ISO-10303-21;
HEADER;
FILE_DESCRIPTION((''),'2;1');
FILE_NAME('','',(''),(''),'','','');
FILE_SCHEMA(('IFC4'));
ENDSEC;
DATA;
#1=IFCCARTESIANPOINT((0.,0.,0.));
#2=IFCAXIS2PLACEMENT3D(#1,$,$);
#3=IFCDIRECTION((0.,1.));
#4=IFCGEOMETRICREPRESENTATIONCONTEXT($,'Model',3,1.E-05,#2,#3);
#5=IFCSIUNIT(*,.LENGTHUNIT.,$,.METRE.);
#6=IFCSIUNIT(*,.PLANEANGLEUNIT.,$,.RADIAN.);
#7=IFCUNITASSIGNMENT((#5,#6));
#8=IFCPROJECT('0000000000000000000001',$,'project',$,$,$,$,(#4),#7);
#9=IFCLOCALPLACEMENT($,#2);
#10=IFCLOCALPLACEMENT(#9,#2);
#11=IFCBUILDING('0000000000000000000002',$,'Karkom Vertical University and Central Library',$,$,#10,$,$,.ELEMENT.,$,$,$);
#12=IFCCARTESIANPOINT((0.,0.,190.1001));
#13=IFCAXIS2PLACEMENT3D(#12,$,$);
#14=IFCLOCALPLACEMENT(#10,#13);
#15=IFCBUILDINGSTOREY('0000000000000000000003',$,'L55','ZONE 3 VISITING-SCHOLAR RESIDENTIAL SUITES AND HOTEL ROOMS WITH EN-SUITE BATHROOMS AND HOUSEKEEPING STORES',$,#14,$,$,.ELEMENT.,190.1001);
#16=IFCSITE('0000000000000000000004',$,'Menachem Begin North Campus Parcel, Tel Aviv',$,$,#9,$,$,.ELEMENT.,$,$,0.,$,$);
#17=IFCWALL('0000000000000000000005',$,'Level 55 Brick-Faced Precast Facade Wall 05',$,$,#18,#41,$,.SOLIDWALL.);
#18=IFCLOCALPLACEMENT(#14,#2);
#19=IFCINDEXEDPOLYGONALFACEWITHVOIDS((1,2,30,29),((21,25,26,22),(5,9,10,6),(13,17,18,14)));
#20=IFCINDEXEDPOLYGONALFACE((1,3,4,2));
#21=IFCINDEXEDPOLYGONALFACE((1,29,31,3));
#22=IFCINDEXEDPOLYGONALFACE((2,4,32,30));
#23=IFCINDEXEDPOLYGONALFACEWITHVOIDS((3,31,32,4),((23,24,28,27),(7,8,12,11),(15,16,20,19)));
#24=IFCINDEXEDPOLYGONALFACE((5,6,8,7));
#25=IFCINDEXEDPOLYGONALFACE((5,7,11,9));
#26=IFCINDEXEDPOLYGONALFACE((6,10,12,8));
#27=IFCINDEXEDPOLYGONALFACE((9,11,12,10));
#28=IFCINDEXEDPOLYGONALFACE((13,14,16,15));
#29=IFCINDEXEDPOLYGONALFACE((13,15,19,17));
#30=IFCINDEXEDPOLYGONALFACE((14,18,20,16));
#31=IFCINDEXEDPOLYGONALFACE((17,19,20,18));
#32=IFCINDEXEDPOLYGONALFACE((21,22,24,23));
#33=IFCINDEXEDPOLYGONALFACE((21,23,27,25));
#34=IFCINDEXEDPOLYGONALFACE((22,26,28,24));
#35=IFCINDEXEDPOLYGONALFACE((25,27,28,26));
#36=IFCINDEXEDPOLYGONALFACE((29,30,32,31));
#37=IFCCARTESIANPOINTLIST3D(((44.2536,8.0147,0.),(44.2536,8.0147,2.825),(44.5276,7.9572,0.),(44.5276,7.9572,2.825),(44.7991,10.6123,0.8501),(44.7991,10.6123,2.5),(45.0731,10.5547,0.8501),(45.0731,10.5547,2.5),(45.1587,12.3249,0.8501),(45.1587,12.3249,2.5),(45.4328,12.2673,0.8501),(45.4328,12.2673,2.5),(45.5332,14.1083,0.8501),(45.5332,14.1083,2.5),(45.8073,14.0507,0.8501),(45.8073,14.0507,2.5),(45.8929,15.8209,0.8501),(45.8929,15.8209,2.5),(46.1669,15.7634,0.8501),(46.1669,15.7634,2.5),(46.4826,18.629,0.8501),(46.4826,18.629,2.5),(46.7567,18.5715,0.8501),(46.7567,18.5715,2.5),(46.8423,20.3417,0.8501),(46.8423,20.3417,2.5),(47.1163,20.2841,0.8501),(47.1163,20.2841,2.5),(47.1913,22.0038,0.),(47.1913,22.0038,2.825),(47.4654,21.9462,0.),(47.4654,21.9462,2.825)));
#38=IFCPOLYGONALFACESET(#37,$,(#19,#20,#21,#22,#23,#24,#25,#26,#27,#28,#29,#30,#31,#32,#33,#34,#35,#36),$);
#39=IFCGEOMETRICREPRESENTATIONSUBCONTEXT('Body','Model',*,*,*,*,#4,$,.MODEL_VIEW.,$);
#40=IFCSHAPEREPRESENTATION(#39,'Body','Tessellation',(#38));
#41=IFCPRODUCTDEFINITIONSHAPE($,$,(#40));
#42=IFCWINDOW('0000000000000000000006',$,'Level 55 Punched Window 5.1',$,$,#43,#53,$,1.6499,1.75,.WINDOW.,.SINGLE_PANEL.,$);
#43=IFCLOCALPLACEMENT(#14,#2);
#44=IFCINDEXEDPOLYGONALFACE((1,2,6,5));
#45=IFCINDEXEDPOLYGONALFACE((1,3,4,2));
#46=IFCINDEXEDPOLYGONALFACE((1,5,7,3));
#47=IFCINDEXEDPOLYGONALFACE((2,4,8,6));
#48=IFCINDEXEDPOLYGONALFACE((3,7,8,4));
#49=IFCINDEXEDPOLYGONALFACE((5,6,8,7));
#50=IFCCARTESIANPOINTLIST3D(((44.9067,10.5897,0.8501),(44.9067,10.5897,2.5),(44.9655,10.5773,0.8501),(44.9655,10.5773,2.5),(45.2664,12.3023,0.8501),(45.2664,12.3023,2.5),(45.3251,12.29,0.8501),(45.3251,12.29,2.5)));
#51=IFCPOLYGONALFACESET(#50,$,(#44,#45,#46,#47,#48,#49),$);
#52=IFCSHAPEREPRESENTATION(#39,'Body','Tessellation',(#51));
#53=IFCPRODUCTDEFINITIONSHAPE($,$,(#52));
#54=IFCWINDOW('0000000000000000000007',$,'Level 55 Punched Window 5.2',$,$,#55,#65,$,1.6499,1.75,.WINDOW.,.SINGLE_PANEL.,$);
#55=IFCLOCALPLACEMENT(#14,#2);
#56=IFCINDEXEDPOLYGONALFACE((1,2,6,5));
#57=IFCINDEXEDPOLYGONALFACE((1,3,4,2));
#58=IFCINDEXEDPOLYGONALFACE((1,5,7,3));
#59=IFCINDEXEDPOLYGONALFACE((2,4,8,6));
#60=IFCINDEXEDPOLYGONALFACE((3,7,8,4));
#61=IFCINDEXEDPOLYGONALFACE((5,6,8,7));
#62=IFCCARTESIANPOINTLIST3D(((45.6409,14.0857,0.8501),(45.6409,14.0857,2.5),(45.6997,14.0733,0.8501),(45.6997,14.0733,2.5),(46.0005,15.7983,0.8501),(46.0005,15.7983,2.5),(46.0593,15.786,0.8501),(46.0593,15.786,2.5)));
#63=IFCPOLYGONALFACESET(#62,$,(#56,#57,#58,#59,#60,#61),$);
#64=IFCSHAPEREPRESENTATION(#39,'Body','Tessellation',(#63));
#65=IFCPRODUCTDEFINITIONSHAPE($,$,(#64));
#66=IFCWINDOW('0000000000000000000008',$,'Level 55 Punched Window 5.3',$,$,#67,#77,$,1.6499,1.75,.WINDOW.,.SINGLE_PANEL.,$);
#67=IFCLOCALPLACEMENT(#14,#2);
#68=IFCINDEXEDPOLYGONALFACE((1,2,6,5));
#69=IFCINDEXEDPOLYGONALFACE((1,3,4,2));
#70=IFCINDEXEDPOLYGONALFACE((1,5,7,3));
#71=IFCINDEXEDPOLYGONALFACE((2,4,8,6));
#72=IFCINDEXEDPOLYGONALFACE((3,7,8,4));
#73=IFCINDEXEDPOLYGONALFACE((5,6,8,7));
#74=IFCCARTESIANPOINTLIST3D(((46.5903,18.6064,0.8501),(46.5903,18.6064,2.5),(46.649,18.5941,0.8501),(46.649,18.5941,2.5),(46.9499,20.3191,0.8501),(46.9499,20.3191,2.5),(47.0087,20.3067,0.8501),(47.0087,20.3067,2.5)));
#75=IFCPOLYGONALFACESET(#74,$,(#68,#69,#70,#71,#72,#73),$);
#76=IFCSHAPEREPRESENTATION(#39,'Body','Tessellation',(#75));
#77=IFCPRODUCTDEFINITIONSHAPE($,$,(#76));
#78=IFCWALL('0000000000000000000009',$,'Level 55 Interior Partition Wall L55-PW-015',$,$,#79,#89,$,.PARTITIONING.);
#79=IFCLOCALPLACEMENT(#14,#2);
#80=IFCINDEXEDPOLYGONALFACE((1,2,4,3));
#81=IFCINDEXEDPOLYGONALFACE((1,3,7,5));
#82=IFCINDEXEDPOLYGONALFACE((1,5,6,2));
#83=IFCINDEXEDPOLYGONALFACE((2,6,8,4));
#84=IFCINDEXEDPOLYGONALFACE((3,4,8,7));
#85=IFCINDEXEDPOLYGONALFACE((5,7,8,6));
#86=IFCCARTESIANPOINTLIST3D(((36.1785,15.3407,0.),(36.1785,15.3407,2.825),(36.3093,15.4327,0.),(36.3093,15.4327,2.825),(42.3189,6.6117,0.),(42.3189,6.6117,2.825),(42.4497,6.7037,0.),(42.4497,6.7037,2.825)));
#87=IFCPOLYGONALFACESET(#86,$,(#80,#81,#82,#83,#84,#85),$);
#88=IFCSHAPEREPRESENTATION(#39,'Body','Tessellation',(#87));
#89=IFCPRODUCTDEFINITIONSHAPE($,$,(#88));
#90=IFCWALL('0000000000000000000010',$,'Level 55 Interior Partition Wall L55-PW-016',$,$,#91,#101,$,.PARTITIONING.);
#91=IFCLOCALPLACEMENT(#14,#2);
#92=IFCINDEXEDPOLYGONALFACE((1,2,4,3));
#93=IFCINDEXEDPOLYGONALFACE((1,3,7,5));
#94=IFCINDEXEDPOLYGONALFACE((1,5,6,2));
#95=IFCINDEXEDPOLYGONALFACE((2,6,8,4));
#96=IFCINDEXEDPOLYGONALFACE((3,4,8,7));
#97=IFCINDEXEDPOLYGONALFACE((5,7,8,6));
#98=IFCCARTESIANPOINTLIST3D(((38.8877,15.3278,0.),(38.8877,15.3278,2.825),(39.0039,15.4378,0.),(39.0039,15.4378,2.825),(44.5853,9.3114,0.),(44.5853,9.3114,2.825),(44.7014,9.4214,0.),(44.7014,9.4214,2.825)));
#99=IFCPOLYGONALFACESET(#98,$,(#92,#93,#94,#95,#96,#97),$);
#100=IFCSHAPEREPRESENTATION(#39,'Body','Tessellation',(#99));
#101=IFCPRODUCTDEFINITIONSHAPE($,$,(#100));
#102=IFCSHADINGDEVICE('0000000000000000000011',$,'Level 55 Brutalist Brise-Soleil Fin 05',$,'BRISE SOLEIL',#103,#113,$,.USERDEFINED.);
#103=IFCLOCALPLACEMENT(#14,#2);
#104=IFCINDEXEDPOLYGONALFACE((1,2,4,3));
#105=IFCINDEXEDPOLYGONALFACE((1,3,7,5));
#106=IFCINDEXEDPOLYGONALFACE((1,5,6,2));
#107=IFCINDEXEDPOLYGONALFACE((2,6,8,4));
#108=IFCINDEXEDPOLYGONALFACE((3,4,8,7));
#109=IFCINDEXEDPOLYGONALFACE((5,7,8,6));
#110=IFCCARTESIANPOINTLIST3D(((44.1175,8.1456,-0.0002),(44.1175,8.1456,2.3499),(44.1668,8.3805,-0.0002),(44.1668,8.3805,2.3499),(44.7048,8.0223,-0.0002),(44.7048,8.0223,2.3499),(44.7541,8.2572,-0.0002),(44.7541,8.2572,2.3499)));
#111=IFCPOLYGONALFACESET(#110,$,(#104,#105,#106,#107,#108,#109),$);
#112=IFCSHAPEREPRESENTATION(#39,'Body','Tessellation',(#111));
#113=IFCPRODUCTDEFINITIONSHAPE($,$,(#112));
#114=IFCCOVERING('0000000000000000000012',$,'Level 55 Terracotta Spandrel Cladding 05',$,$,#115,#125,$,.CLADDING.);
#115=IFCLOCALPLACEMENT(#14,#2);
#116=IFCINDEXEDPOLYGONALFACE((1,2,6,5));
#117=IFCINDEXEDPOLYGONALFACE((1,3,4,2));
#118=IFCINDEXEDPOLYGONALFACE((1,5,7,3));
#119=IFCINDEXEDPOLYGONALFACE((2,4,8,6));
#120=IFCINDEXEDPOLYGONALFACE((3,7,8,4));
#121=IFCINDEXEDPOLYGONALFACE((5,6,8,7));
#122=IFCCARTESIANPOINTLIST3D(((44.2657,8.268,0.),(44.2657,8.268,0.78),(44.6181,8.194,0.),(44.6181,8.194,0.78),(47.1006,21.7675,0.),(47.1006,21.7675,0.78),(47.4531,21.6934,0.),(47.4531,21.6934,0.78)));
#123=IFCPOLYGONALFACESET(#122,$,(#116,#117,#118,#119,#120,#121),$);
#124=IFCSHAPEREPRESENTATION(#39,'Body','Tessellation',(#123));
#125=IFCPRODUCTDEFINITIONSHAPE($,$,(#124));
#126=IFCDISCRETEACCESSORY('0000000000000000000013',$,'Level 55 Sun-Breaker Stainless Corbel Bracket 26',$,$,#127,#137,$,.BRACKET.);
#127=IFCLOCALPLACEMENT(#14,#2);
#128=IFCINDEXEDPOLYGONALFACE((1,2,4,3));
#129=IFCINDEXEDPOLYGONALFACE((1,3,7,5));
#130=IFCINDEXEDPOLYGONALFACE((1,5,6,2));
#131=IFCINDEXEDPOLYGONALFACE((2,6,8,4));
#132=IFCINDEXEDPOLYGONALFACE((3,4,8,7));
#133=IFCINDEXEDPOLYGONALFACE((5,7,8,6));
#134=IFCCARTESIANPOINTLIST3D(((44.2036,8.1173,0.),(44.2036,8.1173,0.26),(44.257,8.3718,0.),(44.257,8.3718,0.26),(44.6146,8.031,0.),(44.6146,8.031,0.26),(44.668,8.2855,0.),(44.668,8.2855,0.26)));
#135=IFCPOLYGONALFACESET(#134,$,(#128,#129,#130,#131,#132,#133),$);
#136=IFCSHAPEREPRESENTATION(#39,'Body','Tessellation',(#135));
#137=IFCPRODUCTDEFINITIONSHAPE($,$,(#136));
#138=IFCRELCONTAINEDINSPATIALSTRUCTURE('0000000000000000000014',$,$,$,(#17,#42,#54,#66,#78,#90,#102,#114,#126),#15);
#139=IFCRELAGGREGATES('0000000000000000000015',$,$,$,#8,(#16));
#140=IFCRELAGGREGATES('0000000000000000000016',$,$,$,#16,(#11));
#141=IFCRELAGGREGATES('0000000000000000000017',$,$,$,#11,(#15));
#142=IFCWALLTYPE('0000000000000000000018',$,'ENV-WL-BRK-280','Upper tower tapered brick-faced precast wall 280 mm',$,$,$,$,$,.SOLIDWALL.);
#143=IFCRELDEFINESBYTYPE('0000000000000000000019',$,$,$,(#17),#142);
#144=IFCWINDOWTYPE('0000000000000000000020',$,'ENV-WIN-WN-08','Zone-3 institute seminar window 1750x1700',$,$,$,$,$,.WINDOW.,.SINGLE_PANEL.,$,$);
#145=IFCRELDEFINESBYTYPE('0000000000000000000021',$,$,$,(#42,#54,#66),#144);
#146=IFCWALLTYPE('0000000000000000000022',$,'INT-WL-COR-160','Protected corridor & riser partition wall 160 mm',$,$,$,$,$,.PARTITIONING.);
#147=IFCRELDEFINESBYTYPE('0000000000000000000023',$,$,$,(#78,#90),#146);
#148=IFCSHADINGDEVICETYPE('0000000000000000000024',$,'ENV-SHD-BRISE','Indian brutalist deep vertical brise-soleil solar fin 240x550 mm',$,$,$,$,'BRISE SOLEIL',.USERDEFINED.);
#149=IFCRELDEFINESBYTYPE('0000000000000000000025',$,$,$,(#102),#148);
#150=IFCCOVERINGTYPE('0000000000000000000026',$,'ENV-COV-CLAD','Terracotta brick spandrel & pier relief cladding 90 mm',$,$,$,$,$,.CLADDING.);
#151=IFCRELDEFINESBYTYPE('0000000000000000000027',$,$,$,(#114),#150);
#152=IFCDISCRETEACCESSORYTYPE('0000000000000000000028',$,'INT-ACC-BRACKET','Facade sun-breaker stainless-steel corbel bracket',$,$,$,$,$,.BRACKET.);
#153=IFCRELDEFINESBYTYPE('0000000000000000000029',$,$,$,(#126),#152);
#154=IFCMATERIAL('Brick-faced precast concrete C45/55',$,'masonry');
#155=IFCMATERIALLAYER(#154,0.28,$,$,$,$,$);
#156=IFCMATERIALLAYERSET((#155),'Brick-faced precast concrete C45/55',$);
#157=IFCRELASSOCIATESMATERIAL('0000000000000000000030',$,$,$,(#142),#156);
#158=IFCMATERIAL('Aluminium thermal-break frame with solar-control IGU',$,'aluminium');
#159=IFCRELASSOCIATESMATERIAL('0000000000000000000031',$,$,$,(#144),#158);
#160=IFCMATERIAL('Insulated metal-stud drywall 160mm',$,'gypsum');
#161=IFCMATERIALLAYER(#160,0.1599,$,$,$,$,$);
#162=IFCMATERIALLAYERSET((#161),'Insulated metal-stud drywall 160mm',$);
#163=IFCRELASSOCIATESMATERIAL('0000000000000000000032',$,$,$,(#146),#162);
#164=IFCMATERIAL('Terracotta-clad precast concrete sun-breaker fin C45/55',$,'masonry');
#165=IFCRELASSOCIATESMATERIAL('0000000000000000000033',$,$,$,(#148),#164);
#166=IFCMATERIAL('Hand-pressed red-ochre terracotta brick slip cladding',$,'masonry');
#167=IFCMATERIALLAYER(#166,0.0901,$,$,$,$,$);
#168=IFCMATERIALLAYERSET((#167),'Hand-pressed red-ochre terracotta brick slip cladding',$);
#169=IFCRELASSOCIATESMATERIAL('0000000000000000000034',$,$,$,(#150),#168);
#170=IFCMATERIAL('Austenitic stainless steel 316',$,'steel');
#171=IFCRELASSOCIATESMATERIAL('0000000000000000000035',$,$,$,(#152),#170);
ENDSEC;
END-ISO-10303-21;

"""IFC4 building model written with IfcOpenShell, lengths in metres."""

from ifc_helpers import new_model, si_unit, direction, frame, frame_2d, origin, origin_with_axes, origin_2d, place, context, subcontext, project, spatial, rectangle, extrude, source, transform, mapped, material, layer, layer_set, type_object, element, fill, save


model = new_model("IFC4")

# Units and contexts
model_context = context("Model", 3, precision=1e-05, world=origin(), true_north=direction((0.0, 1.0)))
body_context = subcontext(model_context, "Body", "Model", "MODEL_VIEW")
ifc_project = project(units=[si_unit("LENGTHUNIT", "METRE"), si_unit("PLANEANGLEUNIT", "RADIAN")], contexts=[model_context])

# Site, building, storey
site_placement = place(None, origin())
site = spatial("IfcSite", under=ifc_project, at=site_placement, Name="Menachem Begin North Campus Parcel, Tel Aviv", CompositionType="ELEMENT", RefElevation=0.0)
building_placement = place(site_placement, origin())
building = spatial("IfcBuilding", under=site, at=building_placement, Name="Karkom Vertical University and Central Library", CompositionType="ELEMENT")
storey_placement = place(building_placement, frame((0.0, 0.0, 190.1001)))
storey = spatial("IfcBuildingStorey", under=building, at=storey_placement, Name="L55", Description="ZONE 3 VISITING-SCHOLAR RESIDENTIAL SUITES AND HOTEL ROOMS WITH EN-SUITE BATHROOMS AND HOUSEKEEPING STORES", CompositionType="ELEMENT", Elevation=190.1001)

# Wall, openings, windows
ifc_material_1 = material(Name="Brick-faced precast concrete C45/55", Category="masonry")
ifc_layer_1 = layer(ifc_material_1, 0.28)
ifc_layer_set_1 = layer_set([ifc_layer_1], Name="Brick-faced precast concrete C45/55")
wall_type_1 = type_object("IfcWallType", Name="ENV-WL-BRK-280", Description="Upper tower tapered brick-faced precast wall 280 mm", PredefinedType="SOLIDWALL", material=ifc_layer_set_1)
ifc_material_2 = material(Name="Aluminium thermal-break frame with solar-control IGU", Category="aluminium")
window_type_1 = type_object("IfcWindowType", Name="ENV-WIN-WN-08", Description="Zone-3 institute seminar window 1750x1700", PartitioningType="SINGLE_PANEL", PredefinedType="WINDOW", material=ifc_material_2)
shared_shape_1 = source(origin_with_axes(), body_context, "Body", "SweptSolid", [
    extrude(rectangle(XDim=1.75, YDim=1.6499, at=frame_2d((0.875, 0.825))), frame((0.0, 0.03, 0.0), z_axis=(0.0, -1.0, 0.0), x_axis=(1.0, 0.0, 0.0)), (0.0, 0.0, 1.0), 0.0601),
])
wall_1_placement = place(storey_placement, frame((44.3906, 7.9861, 0.0), z_axis=(0.0, 0.0, 1.0), x_axis=(0.205521, 0.978653, 0.0)))
wall_1 = element("IfcWall", 1, at=wall_1_placement, inside=storey, type_object=wall_type_1, Name="Level 55 Brick-Faced Precast Facade Wall 05", PredefinedType="SOLIDWALL", context=body_context, shape_type="SweptSolid", body=[
    extrude(rectangle(XDim=14.2942, YDim=0.28, at=frame_2d((7.147, 0.0))), origin(), (0.0, 0.0, 1.0), 2.825),
])
opening_1_placement = place(wall_1_placement, frame((2.6541, 0.0, 0.8501)))
opening_1 = element("IfcOpeningElement", 2, at=opening_1_placement, cuts=wall_1, PredefinedType="OPENING", context=body_context, shape_type="SweptSolid", body=[
    extrude(rectangle(XDim=1.75, YDim=1.6499, at=frame_2d((0.875, 0.825))), frame((0.0, 0.1499, 0.0), z_axis=(0.0, -1.0, 0.0), x_axis=(1.0, 0.0, 0.0)), (0.0, 0.0, 1.0), 0.3),
])
opening_2_placement = place(wall_1_placement, frame((6.2263, 0.0, 0.8501)))
opening_2 = element("IfcOpeningElement", 3, at=opening_2_placement, cuts=wall_1, PredefinedType="OPENING", context=body_context, shape_type="SweptSolid", body=[
    extrude(rectangle(XDim=1.75, YDim=1.6499, at=frame_2d((0.875, 0.825))), frame((0.0, 0.1499, 0.0), z_axis=(0.0, -1.0, 0.0), x_axis=(1.0, 0.0, 0.0)), (0.0, 0.0, 1.0), 0.3),
])
opening_3_placement = place(wall_1_placement, frame((10.8457, 0.0, 0.8501)))
opening_3 = element("IfcOpeningElement", 4, at=opening_3_placement, cuts=wall_1, PredefinedType="OPENING", context=body_context, shape_type="SweptSolid", body=[
    extrude(rectangle(XDim=1.75, YDim=1.6499, at=frame_2d((0.875, 0.825))), frame((0.0, 0.1499, 0.0), z_axis=(0.0, -1.0, 0.0), x_axis=(1.0, 0.0, 0.0)), (0.0, 0.0, 1.0), 0.3),
])
window_1_placement = place(opening_1_placement, origin())
window_1 = element("IfcWindow", 5, at=window_1_placement, inside=storey, type_object=window_type_1, Name="Level 55 Punched Window 5.1", OverallHeight=1.6499, OverallWidth=1.75, PartitioningType="SINGLE_PANEL", PredefinedType="WINDOW", context=body_context, shape_type="MappedRepresentation", body=[
    mapped(shared_shape_1, transform((0.0, 0.0, 0.0), scale=1.0)),
])
fill(opening_1, window_1)
window_2_placement = place(opening_2_placement, origin())
window_2 = element("IfcWindow", 6, at=window_2_placement, inside=storey, type_object=window_type_1, Name="Level 55 Punched Window 5.2", OverallHeight=1.6499, OverallWidth=1.75, PartitioningType="SINGLE_PANEL", PredefinedType="WINDOW", context=body_context, shape_type="MappedRepresentation", body=[
    mapped(shared_shape_1, transform((0.0, 0.0, 0.0), scale=1.0)),
])
fill(opening_2, window_2)
window_3_placement = place(opening_3_placement, origin())
window_3 = element("IfcWindow", 7, at=window_3_placement, inside=storey, type_object=window_type_1, Name="Level 55 Punched Window 5.3", OverallHeight=1.6499, OverallWidth=1.75, PartitioningType="SINGLE_PANEL", PredefinedType="WINDOW", context=body_context, shape_type="MappedRepresentation", body=[
    mapped(shared_shape_1, transform((0.0, 0.0, 0.0), scale=1.0)),
])
fill(opening_3, window_3)

# Shared definitions
ifc_material_3 = material(Name="Insulated metal-stud drywall 160mm", Category="gypsum")
ifc_layer_2 = layer(ifc_material_3, 0.1599)
ifc_layer_set_2 = layer_set([ifc_layer_2], Name="Insulated metal-stud drywall 160mm")
wall_type_2 = type_object("IfcWallType", Name="INT-WL-COR-160", Description="Protected corridor & riser partition wall 160 mm", PredefinedType="PARTITIONING", material=ifc_layer_set_2)

# Walls
wall_2_placement = place(storey_placement, frame((36.2439, 15.3867, 0.0), z_axis=(0.0, 0.0, 1.0), x_axis=(0.575352, -0.817906, 0.0)))
element("IfcWall", 8, at=wall_2_placement, inside=storey, type_object=wall_type_2, Name="Level 55 Interior Partition Wall L55-PW-015", PredefinedType="PARTITIONING", context=body_context, shape_type="SweptSolid", body=[
    extrude(rectangle(XDim=10.6724, YDim=0.1599, at=frame_2d((5.3362, 0.0))), origin(), (0.0, 0.0, 1.0), 2.825),
])
wall_3_placement = place(storey_placement, frame((38.9458, 15.3828, 0.0), z_axis=(0.0, 0.0, 1.0), x_axis=(0.687605, -0.726085, 0.0)))
element("IfcWall", 9, at=wall_3_placement, inside=storey, type_object=wall_type_2, Name="Level 55 Interior Partition Wall L55-PW-016", PredefinedType="PARTITIONING", context=body_context, shape_type="SweptSolid", body=[
    extrude(rectangle(XDim=8.2861, YDim=0.1599, at=frame_2d((4.1431, 0.0))), origin(), (0.0, 0.0, 1.0), 2.825),
])

# Shading device
ifc_material_4 = material(Name="Terracotta-clad precast concrete sun-breaker fin C45/55", Category="masonry")
shading_device_type = type_object("IfcShadingDeviceType", Name="ENV-SHD-BRISE", Description="Indian brutalist deep vertical brise-soleil solar fin 240x550 mm", ElementType="BRISE SOLEIL", PredefinedType="USERDEFINED", material=ifc_material_4)
shared_shape_2 = source(origin_with_axes(), body_context, "Body", "SweptSolid", [
    extrude(rectangle(XDim=0.24, YDim=0.6001, at=origin_2d()), origin(), (0.0, 0.0, 1.0), 2.3501),
])
shading_device_placement = place(storey_placement, frame((44.4358, 8.2014, -0.0002), z_axis=(0.0, 0.0, 1.0), x_axis=(0.205521, 0.978653, 0.0)))
element("IfcShadingDevice", 10, at=shading_device_placement, inside=storey, type_object=shading_device_type, Name="Level 55 Brutalist Brise-Soleil Fin 05", ObjectType="BRISE SOLEIL", PredefinedType="USERDEFINED", context=body_context, shape_type="MappedRepresentation", body=[
    mapped(shared_shape_2, transform((0.0, 0.0, 0.0), scale=1.0)),
])

# Covering
ifc_material_5 = material(Name="Hand-pressed red-ochre terracotta brick slip cladding", Category="masonry")
ifc_layer_3 = layer(ifc_material_5, 0.0901)
ifc_layer_set_3 = layer_set([ifc_layer_3], Name="Hand-pressed red-ochre terracotta brick slip cladding")
covering_type = type_object("IfcCoveringType", Name="ENV-COV-CLAD", Description="Terracotta brick spandrel & pier relief cladding 90 mm", PredefinedType="CLADDING", material=ifc_layer_set_3)
shared_shape_3 = source(origin_with_axes(), body_context, "Body", "SweptSolid", [
    extrude(rectangle(XDim=13.7939, YDim=0.3601, at=origin_2d()), origin(), (0.0, 0.0, 1.0), 0.78),
])
covering_placement = place(storey_placement, frame((45.8594, 14.9807, 0.0), z_axis=(0.0, 0.0, 1.0), x_axis=(0.205521, 0.978653, 0.0)))
element("IfcCovering", 11, at=covering_placement, inside=storey, type_object=covering_type, Name="Level 55 Terracotta Spandrel Cladding 05", PredefinedType="CLADDING", context=body_context, shape_type="MappedRepresentation", body=[
    mapped(shared_shape_3, transform((0.0, 0.0, 0.0), scale=1.0)),
])

# Discrete accessory
ifc_material_6 = material(Name="Austenitic stainless steel 316", Category="steel")
discrete_accessory_type = type_object("IfcDiscreteAccessoryType", Name="INT-ACC-BRACKET", Description="Facade sun-breaker stainless-steel corbel bracket", PredefinedType="BRACKET", material=ifc_material_6)
shared_shape_4 = source(origin_with_axes(), body_context, "Body", "SweptSolid", [
    extrude(rectangle(XDim=0.26, YDim=0.4199, at=origin_2d()), origin(), (0.0, 0.0, 1.0), 0.26),
])
discrete_accessory_placement = place(storey_placement, frame((44.4358, 8.2014, 0.0), z_axis=(0.0, 0.0, 1.0), x_axis=(0.205521, 0.978653, 0.0)))
element("IfcDiscreteAccessory", 12, at=discrete_accessory_placement, inside=storey, type_object=discrete_accessory_type, Name="Level 55 Sun-Breaker Stainless Corbel Bracket 26", PredefinedType="BRACKET", context=body_context, shape_type="MappedRepresentation", body=[
    mapped(shared_shape_4, transform((0.0, 0.0, 0.0), scale=1.0)),
])

save(model, "model.ifc")
